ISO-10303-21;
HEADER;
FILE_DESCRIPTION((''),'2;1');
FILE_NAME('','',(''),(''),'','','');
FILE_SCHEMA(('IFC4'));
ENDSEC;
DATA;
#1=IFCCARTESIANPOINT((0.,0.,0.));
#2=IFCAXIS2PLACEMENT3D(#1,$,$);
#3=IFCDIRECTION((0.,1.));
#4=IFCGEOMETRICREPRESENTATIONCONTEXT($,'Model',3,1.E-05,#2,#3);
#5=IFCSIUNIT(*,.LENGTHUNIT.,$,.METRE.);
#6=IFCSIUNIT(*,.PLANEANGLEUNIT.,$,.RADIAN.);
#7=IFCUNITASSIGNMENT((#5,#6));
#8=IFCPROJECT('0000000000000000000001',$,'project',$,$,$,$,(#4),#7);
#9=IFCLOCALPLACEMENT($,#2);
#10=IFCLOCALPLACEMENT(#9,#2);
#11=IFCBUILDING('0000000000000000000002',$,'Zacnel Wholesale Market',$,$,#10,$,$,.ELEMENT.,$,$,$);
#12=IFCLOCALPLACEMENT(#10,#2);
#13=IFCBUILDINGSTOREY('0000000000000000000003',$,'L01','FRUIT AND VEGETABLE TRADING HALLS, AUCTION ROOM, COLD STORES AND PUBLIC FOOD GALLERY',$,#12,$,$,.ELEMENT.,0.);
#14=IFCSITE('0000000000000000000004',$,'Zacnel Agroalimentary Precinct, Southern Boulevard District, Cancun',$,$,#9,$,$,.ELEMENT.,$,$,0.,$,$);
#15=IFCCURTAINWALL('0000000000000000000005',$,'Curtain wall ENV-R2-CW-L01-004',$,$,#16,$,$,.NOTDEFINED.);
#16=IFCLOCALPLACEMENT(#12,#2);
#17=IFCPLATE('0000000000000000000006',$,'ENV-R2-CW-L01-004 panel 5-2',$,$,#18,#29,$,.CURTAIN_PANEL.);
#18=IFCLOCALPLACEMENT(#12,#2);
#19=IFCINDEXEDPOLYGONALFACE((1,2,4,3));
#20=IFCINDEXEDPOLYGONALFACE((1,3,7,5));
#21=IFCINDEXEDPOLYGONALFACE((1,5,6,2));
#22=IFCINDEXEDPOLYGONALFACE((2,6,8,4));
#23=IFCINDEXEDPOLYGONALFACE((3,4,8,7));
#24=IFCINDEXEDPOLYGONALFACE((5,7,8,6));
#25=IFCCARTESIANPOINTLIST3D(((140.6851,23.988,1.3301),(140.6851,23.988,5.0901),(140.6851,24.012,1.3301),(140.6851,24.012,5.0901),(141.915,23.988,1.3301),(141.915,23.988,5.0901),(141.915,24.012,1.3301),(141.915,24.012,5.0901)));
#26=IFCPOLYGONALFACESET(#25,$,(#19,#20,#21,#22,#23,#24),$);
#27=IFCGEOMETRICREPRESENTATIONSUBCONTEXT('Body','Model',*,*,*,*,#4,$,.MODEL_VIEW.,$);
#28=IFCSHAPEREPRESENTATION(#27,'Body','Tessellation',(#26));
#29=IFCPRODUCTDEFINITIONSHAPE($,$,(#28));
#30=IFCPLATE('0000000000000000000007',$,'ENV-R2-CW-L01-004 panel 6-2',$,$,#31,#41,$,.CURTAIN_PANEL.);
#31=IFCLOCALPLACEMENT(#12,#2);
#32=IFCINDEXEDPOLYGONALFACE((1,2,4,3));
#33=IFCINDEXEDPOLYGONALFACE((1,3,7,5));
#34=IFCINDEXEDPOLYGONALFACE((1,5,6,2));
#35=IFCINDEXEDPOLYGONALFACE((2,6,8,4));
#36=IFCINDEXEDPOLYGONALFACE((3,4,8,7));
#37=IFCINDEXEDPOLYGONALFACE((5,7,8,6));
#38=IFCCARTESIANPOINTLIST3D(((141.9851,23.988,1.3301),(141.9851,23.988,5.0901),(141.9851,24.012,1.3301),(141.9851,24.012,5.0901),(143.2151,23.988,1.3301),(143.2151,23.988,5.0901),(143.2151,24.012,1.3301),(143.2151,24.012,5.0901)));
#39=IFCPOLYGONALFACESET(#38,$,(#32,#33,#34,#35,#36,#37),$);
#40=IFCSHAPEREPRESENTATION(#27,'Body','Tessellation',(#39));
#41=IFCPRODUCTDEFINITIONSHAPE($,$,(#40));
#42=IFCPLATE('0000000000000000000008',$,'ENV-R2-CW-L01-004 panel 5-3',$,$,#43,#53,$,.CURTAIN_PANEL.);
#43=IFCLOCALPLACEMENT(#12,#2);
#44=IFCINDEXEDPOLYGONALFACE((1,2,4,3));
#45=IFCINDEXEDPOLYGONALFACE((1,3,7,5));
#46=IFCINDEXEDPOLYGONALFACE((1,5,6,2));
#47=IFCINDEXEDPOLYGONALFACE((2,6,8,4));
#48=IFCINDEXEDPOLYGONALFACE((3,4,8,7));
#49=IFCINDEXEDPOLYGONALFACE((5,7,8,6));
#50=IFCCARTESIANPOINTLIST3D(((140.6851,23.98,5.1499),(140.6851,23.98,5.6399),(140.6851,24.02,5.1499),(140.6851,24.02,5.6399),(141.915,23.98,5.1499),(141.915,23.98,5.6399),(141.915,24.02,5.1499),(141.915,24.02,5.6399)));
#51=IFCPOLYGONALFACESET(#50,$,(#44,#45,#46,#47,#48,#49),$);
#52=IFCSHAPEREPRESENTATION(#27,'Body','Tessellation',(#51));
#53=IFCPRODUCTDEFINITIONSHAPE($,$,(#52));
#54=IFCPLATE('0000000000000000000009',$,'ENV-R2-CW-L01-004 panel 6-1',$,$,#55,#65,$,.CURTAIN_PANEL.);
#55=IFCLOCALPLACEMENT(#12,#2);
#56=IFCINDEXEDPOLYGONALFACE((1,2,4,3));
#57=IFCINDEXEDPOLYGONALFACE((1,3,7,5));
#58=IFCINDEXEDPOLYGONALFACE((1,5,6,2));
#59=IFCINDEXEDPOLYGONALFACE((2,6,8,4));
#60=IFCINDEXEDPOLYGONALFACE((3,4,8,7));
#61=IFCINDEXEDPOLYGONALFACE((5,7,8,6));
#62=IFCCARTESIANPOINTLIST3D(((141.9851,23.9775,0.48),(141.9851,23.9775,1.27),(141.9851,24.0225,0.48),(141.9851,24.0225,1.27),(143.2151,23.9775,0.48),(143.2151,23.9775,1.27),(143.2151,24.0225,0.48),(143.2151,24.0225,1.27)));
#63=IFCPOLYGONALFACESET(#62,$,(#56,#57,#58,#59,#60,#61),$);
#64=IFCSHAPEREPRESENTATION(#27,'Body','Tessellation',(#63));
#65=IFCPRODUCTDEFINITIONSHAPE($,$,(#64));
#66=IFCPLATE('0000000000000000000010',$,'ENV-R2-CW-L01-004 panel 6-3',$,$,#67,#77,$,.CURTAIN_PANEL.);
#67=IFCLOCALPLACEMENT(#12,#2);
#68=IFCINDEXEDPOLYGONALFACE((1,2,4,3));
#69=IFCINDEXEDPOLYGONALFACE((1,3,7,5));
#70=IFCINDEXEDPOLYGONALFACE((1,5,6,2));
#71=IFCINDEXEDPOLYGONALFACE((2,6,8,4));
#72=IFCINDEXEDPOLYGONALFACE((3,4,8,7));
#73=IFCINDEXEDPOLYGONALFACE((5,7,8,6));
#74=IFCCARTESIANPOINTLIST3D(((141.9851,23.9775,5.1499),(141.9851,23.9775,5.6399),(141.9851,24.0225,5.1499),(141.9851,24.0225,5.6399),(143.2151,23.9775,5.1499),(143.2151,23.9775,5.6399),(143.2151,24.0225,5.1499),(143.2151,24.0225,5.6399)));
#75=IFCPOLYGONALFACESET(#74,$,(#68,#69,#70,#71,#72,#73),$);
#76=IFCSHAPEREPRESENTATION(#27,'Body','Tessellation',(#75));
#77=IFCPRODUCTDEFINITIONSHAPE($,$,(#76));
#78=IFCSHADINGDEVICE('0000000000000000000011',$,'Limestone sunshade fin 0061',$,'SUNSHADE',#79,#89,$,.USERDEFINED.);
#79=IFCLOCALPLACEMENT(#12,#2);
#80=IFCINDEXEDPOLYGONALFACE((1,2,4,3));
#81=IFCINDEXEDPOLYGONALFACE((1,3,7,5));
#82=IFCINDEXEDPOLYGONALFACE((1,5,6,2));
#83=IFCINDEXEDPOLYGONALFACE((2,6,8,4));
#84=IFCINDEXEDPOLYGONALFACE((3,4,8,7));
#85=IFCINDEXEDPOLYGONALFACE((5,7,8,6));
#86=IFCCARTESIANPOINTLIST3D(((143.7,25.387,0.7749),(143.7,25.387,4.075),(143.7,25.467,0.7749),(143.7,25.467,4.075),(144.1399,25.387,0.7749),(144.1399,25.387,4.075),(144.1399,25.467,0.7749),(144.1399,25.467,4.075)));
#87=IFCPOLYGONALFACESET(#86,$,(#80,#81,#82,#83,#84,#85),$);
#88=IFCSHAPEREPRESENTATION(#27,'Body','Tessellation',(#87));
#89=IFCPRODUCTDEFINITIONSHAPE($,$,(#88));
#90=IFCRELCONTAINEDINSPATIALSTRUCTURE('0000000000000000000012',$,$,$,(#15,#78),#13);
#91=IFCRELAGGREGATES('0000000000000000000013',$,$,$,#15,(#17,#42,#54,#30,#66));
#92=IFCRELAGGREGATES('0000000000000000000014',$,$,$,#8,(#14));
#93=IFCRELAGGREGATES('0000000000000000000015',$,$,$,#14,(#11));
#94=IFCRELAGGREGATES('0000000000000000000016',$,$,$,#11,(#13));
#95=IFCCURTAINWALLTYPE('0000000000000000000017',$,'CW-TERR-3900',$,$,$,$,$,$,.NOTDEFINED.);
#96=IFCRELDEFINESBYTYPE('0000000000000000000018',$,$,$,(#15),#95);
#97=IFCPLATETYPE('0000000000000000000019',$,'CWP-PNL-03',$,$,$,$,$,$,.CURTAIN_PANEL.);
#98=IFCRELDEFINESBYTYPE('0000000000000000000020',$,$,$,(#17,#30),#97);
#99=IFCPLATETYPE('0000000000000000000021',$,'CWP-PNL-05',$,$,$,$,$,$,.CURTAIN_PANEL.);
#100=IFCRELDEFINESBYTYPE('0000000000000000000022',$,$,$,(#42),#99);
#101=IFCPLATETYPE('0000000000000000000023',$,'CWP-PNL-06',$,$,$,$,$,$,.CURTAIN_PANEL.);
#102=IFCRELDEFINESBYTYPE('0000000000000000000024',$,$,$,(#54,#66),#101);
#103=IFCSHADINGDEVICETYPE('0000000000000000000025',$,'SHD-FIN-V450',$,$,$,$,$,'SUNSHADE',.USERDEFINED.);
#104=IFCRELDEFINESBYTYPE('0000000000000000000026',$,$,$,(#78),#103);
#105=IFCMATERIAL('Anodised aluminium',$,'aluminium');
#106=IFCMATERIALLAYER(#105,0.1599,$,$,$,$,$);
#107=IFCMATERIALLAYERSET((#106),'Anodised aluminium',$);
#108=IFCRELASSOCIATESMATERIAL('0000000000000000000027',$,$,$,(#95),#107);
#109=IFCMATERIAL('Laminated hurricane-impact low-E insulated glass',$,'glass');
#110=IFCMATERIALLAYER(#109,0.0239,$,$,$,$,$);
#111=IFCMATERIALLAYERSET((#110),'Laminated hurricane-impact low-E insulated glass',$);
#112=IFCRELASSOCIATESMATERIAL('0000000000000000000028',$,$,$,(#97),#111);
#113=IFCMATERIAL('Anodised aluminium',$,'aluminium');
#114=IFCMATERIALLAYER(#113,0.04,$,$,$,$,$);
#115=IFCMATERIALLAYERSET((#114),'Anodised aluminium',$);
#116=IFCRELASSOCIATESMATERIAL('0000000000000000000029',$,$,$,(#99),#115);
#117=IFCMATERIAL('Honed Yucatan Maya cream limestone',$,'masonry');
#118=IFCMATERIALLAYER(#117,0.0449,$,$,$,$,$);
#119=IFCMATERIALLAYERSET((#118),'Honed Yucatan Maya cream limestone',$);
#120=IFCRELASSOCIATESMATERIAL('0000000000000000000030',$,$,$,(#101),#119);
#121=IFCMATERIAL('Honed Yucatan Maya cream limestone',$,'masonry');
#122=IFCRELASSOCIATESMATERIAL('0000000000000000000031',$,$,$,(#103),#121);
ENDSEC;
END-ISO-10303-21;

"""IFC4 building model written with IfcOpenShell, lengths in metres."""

from ifc_helpers import new_model, si_unit, direction, frame, origin, origin_2d, place, context, subcontext, project, spatial, rectangle, extrude, material, layer, layer_set, type_object, element, aggregate, save


model = new_model("IFC4")

# Units and contexts
model_context = context("Model", 3, precision=1e-05, world=origin(), true_north=direction((0.0, 1.0)))
body_context = subcontext(model_context, "Body", "Model", "MODEL_VIEW")
ifc_project = project(units=[si_unit("LENGTHUNIT", "METRE"), si_unit("PLANEANGLEUNIT", "RADIAN")], contexts=[model_context])

# Site, building, storey
site_placement = place(None, origin())
site = spatial("IfcSite", under=ifc_project, at=site_placement, Name="Zacnel Agroalimentary Precinct, Southern Boulevard District, Cancun", CompositionType="ELEMENT", RefElevation=0.0)
building_placement = place(site_placement, origin())
building = spatial("IfcBuilding", under=site, at=building_placement, Name="Zacnel Wholesale Market", CompositionType="ELEMENT")
storey_placement = place(building_placement, origin())
storey = spatial("IfcBuildingStorey", under=building, at=storey_placement, Name="L01", Description="FRUIT AND VEGETABLE TRADING HALLS, AUCTION ROOM, COLD STORES AND PUBLIC FOOD GALLERY", CompositionType="ELEMENT", Elevation=0.0)

# Curtain wall, plates
ifc_material_1 = material(Name="Anodised aluminium", Category="aluminium")
ifc_layer_1 = layer(ifc_material_1, 0.1599)
ifc_layer_set_1 = layer_set([ifc_layer_1], Name="Anodised aluminium")
curtain_wall_type = type_object("IfcCurtainWallType", Name="CW-TERR-3900", PredefinedType="NOTDEFINED", material=ifc_layer_set_1)
curtain_wall_placement = place(storey_placement, origin())
curtain_wall = element("IfcCurtainWall", 1, at=curtain_wall_placement, inside=storey, type_object=curtain_wall_type, Name="Curtain wall ENV-R2-CW-L01-004", PredefinedType="NOTDEFINED")
ifc_material_2 = material(Name="Laminated hurricane-impact low-E insulated glass", Category="glass")
ifc_layer_2 = layer(ifc_material_2, 0.0239)
ifc_layer_set_2 = layer_set([ifc_layer_2], Name="Laminated hurricane-impact low-E insulated glass")
plate_type_1 = type_object("IfcPlateType", Name="CWP-PNL-03", PredefinedType="CURTAIN_PANEL", material=ifc_layer_set_2)
plate_1_placement = place(storey_placement, frame((141.3, 24.0, 1.3301), z_axis=(0.0, 0.0, 1.0), x_axis=(1.0, 0.0, 0.0)))
plate_1 = element("IfcPlate", 2, at=plate_1_placement, type_object=plate_type_1, Name="ENV-R2-CW-L01-004 panel 5-2", PredefinedType="CURTAIN_PANEL", context=body_context, shape_type="SweptSolid", body=[
    extrude(rectangle(XDim=1.23, YDim=0.0239, at=origin_2d()), origin(), (0.0, 0.0, 1.0), 3.76),
])
plate_2_placement = place(storey_placement, frame((142.6001, 24.0, 1.3301), z_axis=(0.0, 0.0, 1.0), x_axis=(1.0, 0.0, 0.0)))
plate_2 = element("IfcPlate", 3, at=plate_2_placement, type_object=plate_type_1, Name="ENV-R2-CW-L01-004 panel 6-2", PredefinedType="CURTAIN_PANEL", context=body_context, shape_type="SweptSolid", body=[
    extrude(rectangle(XDim=1.23, YDim=0.0239, at=origin_2d()), origin(), (0.0, 0.0, 1.0), 3.76),
])
ifc_material_3 = material(Name="Anodised aluminium", Category="aluminium")
ifc_layer_3 = layer(ifc_material_3, 0.04)
ifc_layer_set_3 = layer_set([ifc_layer_3], Name="Anodised aluminium")
plate_type_2 = type_object("IfcPlateType", Name="CWP-PNL-05", PredefinedType="CURTAIN_PANEL", material=ifc_layer_set_3)
plate_3_placement = place(storey_placement, frame((141.3, 24.0, 5.1499), z_axis=(0.0, 0.0, 1.0), x_axis=(1.0, 0.0, 0.0)))
plate_3 = element("IfcPlate", 4, at=plate_3_placement, type_object=plate_type_2, Name="ENV-R2-CW-L01-004 panel 5-3", PredefinedType="CURTAIN_PANEL", context=body_context, shape_type="SweptSolid", body=[
    extrude(rectangle(XDim=1.23, YDim=0.04, at=origin_2d()), origin(), (0.0, 0.0, 1.0), 0.49),
])
ifc_material_4 = material(Name="Honed Yucatan Maya cream limestone", Category="masonry")
ifc_layer_4 = layer(ifc_material_4, 0.0449)
ifc_layer_set_4 = layer_set([ifc_layer_4], Name="Honed Yucatan Maya cream limestone")
plate_type_3 = type_object("IfcPlateType", Name="CWP-PNL-06", PredefinedType="CURTAIN_PANEL", material=ifc_layer_set_4)
plate_4_placement = place(storey_placement, frame((142.6001, 24.0, 0.48), z_axis=(0.0, 0.0, 1.0), x_axis=(1.0, 0.0, 0.0)))
plate_4 = element("IfcPlate", 5, at=plate_4_placement, type_object=plate_type_3, Name="ENV-R2-CW-L01-004 panel 6-1", PredefinedType="CURTAIN_PANEL", context=body_context, shape_type="SweptSolid", body=[
    extrude(rectangle(XDim=1.23, YDim=0.0449, at=origin_2d()), origin(), (0.0, 0.0, 1.0), 0.79),
])
plate_5_placement = place(storey_placement, frame((142.6001, 24.0, 5.1499), z_axis=(0.0, 0.0, 1.0), x_axis=(1.0, 0.0, 0.0)))
plate_5 = element("IfcPlate", 6, at=plate_5_placement, type_object=plate_type_3, Name="ENV-R2-CW-L01-004 panel 6-3", PredefinedType="CURTAIN_PANEL", context=body_context, shape_type="SweptSolid", body=[
    extrude(rectangle(XDim=1.23, YDim=0.0449, at=origin_2d()), origin(), (0.0, 0.0, 1.0), 0.49),
])
aggregate(curtain_wall, [plate_1, plate_3, plate_4, plate_2, plate_5])

# Shading device
ifc_material_5 = material(Name="Honed Yucatan Maya cream limestone", Category="masonry")
shading_device_type = type_object("IfcShadingDeviceType", Name="SHD-FIN-V450", ElementType="SUNSHADE", PredefinedType="USERDEFINED", material=ifc_material_5)
shading_device_placement = place(storey_placement, frame((143.9199, 25.427, 0.7749), z_axis=(0.0, 0.0, 1.0), x_axis=(0.0, 1.0, 0.0)))
element("IfcShadingDevice", 7, at=shading_device_placement, inside=storey, type_object=shading_device_type, Name="Limestone sunshade fin 0061", ObjectType="SUNSHADE", PredefinedType="USERDEFINED", context=body_context, shape_type="SweptSolid", body=[
    extrude(rectangle(XDim=0.0801, YDim=0.4399, at=origin_2d()), origin(), (0.0, 0.0, 1.0), 3.3),
])

save(model, "model.ifc")
